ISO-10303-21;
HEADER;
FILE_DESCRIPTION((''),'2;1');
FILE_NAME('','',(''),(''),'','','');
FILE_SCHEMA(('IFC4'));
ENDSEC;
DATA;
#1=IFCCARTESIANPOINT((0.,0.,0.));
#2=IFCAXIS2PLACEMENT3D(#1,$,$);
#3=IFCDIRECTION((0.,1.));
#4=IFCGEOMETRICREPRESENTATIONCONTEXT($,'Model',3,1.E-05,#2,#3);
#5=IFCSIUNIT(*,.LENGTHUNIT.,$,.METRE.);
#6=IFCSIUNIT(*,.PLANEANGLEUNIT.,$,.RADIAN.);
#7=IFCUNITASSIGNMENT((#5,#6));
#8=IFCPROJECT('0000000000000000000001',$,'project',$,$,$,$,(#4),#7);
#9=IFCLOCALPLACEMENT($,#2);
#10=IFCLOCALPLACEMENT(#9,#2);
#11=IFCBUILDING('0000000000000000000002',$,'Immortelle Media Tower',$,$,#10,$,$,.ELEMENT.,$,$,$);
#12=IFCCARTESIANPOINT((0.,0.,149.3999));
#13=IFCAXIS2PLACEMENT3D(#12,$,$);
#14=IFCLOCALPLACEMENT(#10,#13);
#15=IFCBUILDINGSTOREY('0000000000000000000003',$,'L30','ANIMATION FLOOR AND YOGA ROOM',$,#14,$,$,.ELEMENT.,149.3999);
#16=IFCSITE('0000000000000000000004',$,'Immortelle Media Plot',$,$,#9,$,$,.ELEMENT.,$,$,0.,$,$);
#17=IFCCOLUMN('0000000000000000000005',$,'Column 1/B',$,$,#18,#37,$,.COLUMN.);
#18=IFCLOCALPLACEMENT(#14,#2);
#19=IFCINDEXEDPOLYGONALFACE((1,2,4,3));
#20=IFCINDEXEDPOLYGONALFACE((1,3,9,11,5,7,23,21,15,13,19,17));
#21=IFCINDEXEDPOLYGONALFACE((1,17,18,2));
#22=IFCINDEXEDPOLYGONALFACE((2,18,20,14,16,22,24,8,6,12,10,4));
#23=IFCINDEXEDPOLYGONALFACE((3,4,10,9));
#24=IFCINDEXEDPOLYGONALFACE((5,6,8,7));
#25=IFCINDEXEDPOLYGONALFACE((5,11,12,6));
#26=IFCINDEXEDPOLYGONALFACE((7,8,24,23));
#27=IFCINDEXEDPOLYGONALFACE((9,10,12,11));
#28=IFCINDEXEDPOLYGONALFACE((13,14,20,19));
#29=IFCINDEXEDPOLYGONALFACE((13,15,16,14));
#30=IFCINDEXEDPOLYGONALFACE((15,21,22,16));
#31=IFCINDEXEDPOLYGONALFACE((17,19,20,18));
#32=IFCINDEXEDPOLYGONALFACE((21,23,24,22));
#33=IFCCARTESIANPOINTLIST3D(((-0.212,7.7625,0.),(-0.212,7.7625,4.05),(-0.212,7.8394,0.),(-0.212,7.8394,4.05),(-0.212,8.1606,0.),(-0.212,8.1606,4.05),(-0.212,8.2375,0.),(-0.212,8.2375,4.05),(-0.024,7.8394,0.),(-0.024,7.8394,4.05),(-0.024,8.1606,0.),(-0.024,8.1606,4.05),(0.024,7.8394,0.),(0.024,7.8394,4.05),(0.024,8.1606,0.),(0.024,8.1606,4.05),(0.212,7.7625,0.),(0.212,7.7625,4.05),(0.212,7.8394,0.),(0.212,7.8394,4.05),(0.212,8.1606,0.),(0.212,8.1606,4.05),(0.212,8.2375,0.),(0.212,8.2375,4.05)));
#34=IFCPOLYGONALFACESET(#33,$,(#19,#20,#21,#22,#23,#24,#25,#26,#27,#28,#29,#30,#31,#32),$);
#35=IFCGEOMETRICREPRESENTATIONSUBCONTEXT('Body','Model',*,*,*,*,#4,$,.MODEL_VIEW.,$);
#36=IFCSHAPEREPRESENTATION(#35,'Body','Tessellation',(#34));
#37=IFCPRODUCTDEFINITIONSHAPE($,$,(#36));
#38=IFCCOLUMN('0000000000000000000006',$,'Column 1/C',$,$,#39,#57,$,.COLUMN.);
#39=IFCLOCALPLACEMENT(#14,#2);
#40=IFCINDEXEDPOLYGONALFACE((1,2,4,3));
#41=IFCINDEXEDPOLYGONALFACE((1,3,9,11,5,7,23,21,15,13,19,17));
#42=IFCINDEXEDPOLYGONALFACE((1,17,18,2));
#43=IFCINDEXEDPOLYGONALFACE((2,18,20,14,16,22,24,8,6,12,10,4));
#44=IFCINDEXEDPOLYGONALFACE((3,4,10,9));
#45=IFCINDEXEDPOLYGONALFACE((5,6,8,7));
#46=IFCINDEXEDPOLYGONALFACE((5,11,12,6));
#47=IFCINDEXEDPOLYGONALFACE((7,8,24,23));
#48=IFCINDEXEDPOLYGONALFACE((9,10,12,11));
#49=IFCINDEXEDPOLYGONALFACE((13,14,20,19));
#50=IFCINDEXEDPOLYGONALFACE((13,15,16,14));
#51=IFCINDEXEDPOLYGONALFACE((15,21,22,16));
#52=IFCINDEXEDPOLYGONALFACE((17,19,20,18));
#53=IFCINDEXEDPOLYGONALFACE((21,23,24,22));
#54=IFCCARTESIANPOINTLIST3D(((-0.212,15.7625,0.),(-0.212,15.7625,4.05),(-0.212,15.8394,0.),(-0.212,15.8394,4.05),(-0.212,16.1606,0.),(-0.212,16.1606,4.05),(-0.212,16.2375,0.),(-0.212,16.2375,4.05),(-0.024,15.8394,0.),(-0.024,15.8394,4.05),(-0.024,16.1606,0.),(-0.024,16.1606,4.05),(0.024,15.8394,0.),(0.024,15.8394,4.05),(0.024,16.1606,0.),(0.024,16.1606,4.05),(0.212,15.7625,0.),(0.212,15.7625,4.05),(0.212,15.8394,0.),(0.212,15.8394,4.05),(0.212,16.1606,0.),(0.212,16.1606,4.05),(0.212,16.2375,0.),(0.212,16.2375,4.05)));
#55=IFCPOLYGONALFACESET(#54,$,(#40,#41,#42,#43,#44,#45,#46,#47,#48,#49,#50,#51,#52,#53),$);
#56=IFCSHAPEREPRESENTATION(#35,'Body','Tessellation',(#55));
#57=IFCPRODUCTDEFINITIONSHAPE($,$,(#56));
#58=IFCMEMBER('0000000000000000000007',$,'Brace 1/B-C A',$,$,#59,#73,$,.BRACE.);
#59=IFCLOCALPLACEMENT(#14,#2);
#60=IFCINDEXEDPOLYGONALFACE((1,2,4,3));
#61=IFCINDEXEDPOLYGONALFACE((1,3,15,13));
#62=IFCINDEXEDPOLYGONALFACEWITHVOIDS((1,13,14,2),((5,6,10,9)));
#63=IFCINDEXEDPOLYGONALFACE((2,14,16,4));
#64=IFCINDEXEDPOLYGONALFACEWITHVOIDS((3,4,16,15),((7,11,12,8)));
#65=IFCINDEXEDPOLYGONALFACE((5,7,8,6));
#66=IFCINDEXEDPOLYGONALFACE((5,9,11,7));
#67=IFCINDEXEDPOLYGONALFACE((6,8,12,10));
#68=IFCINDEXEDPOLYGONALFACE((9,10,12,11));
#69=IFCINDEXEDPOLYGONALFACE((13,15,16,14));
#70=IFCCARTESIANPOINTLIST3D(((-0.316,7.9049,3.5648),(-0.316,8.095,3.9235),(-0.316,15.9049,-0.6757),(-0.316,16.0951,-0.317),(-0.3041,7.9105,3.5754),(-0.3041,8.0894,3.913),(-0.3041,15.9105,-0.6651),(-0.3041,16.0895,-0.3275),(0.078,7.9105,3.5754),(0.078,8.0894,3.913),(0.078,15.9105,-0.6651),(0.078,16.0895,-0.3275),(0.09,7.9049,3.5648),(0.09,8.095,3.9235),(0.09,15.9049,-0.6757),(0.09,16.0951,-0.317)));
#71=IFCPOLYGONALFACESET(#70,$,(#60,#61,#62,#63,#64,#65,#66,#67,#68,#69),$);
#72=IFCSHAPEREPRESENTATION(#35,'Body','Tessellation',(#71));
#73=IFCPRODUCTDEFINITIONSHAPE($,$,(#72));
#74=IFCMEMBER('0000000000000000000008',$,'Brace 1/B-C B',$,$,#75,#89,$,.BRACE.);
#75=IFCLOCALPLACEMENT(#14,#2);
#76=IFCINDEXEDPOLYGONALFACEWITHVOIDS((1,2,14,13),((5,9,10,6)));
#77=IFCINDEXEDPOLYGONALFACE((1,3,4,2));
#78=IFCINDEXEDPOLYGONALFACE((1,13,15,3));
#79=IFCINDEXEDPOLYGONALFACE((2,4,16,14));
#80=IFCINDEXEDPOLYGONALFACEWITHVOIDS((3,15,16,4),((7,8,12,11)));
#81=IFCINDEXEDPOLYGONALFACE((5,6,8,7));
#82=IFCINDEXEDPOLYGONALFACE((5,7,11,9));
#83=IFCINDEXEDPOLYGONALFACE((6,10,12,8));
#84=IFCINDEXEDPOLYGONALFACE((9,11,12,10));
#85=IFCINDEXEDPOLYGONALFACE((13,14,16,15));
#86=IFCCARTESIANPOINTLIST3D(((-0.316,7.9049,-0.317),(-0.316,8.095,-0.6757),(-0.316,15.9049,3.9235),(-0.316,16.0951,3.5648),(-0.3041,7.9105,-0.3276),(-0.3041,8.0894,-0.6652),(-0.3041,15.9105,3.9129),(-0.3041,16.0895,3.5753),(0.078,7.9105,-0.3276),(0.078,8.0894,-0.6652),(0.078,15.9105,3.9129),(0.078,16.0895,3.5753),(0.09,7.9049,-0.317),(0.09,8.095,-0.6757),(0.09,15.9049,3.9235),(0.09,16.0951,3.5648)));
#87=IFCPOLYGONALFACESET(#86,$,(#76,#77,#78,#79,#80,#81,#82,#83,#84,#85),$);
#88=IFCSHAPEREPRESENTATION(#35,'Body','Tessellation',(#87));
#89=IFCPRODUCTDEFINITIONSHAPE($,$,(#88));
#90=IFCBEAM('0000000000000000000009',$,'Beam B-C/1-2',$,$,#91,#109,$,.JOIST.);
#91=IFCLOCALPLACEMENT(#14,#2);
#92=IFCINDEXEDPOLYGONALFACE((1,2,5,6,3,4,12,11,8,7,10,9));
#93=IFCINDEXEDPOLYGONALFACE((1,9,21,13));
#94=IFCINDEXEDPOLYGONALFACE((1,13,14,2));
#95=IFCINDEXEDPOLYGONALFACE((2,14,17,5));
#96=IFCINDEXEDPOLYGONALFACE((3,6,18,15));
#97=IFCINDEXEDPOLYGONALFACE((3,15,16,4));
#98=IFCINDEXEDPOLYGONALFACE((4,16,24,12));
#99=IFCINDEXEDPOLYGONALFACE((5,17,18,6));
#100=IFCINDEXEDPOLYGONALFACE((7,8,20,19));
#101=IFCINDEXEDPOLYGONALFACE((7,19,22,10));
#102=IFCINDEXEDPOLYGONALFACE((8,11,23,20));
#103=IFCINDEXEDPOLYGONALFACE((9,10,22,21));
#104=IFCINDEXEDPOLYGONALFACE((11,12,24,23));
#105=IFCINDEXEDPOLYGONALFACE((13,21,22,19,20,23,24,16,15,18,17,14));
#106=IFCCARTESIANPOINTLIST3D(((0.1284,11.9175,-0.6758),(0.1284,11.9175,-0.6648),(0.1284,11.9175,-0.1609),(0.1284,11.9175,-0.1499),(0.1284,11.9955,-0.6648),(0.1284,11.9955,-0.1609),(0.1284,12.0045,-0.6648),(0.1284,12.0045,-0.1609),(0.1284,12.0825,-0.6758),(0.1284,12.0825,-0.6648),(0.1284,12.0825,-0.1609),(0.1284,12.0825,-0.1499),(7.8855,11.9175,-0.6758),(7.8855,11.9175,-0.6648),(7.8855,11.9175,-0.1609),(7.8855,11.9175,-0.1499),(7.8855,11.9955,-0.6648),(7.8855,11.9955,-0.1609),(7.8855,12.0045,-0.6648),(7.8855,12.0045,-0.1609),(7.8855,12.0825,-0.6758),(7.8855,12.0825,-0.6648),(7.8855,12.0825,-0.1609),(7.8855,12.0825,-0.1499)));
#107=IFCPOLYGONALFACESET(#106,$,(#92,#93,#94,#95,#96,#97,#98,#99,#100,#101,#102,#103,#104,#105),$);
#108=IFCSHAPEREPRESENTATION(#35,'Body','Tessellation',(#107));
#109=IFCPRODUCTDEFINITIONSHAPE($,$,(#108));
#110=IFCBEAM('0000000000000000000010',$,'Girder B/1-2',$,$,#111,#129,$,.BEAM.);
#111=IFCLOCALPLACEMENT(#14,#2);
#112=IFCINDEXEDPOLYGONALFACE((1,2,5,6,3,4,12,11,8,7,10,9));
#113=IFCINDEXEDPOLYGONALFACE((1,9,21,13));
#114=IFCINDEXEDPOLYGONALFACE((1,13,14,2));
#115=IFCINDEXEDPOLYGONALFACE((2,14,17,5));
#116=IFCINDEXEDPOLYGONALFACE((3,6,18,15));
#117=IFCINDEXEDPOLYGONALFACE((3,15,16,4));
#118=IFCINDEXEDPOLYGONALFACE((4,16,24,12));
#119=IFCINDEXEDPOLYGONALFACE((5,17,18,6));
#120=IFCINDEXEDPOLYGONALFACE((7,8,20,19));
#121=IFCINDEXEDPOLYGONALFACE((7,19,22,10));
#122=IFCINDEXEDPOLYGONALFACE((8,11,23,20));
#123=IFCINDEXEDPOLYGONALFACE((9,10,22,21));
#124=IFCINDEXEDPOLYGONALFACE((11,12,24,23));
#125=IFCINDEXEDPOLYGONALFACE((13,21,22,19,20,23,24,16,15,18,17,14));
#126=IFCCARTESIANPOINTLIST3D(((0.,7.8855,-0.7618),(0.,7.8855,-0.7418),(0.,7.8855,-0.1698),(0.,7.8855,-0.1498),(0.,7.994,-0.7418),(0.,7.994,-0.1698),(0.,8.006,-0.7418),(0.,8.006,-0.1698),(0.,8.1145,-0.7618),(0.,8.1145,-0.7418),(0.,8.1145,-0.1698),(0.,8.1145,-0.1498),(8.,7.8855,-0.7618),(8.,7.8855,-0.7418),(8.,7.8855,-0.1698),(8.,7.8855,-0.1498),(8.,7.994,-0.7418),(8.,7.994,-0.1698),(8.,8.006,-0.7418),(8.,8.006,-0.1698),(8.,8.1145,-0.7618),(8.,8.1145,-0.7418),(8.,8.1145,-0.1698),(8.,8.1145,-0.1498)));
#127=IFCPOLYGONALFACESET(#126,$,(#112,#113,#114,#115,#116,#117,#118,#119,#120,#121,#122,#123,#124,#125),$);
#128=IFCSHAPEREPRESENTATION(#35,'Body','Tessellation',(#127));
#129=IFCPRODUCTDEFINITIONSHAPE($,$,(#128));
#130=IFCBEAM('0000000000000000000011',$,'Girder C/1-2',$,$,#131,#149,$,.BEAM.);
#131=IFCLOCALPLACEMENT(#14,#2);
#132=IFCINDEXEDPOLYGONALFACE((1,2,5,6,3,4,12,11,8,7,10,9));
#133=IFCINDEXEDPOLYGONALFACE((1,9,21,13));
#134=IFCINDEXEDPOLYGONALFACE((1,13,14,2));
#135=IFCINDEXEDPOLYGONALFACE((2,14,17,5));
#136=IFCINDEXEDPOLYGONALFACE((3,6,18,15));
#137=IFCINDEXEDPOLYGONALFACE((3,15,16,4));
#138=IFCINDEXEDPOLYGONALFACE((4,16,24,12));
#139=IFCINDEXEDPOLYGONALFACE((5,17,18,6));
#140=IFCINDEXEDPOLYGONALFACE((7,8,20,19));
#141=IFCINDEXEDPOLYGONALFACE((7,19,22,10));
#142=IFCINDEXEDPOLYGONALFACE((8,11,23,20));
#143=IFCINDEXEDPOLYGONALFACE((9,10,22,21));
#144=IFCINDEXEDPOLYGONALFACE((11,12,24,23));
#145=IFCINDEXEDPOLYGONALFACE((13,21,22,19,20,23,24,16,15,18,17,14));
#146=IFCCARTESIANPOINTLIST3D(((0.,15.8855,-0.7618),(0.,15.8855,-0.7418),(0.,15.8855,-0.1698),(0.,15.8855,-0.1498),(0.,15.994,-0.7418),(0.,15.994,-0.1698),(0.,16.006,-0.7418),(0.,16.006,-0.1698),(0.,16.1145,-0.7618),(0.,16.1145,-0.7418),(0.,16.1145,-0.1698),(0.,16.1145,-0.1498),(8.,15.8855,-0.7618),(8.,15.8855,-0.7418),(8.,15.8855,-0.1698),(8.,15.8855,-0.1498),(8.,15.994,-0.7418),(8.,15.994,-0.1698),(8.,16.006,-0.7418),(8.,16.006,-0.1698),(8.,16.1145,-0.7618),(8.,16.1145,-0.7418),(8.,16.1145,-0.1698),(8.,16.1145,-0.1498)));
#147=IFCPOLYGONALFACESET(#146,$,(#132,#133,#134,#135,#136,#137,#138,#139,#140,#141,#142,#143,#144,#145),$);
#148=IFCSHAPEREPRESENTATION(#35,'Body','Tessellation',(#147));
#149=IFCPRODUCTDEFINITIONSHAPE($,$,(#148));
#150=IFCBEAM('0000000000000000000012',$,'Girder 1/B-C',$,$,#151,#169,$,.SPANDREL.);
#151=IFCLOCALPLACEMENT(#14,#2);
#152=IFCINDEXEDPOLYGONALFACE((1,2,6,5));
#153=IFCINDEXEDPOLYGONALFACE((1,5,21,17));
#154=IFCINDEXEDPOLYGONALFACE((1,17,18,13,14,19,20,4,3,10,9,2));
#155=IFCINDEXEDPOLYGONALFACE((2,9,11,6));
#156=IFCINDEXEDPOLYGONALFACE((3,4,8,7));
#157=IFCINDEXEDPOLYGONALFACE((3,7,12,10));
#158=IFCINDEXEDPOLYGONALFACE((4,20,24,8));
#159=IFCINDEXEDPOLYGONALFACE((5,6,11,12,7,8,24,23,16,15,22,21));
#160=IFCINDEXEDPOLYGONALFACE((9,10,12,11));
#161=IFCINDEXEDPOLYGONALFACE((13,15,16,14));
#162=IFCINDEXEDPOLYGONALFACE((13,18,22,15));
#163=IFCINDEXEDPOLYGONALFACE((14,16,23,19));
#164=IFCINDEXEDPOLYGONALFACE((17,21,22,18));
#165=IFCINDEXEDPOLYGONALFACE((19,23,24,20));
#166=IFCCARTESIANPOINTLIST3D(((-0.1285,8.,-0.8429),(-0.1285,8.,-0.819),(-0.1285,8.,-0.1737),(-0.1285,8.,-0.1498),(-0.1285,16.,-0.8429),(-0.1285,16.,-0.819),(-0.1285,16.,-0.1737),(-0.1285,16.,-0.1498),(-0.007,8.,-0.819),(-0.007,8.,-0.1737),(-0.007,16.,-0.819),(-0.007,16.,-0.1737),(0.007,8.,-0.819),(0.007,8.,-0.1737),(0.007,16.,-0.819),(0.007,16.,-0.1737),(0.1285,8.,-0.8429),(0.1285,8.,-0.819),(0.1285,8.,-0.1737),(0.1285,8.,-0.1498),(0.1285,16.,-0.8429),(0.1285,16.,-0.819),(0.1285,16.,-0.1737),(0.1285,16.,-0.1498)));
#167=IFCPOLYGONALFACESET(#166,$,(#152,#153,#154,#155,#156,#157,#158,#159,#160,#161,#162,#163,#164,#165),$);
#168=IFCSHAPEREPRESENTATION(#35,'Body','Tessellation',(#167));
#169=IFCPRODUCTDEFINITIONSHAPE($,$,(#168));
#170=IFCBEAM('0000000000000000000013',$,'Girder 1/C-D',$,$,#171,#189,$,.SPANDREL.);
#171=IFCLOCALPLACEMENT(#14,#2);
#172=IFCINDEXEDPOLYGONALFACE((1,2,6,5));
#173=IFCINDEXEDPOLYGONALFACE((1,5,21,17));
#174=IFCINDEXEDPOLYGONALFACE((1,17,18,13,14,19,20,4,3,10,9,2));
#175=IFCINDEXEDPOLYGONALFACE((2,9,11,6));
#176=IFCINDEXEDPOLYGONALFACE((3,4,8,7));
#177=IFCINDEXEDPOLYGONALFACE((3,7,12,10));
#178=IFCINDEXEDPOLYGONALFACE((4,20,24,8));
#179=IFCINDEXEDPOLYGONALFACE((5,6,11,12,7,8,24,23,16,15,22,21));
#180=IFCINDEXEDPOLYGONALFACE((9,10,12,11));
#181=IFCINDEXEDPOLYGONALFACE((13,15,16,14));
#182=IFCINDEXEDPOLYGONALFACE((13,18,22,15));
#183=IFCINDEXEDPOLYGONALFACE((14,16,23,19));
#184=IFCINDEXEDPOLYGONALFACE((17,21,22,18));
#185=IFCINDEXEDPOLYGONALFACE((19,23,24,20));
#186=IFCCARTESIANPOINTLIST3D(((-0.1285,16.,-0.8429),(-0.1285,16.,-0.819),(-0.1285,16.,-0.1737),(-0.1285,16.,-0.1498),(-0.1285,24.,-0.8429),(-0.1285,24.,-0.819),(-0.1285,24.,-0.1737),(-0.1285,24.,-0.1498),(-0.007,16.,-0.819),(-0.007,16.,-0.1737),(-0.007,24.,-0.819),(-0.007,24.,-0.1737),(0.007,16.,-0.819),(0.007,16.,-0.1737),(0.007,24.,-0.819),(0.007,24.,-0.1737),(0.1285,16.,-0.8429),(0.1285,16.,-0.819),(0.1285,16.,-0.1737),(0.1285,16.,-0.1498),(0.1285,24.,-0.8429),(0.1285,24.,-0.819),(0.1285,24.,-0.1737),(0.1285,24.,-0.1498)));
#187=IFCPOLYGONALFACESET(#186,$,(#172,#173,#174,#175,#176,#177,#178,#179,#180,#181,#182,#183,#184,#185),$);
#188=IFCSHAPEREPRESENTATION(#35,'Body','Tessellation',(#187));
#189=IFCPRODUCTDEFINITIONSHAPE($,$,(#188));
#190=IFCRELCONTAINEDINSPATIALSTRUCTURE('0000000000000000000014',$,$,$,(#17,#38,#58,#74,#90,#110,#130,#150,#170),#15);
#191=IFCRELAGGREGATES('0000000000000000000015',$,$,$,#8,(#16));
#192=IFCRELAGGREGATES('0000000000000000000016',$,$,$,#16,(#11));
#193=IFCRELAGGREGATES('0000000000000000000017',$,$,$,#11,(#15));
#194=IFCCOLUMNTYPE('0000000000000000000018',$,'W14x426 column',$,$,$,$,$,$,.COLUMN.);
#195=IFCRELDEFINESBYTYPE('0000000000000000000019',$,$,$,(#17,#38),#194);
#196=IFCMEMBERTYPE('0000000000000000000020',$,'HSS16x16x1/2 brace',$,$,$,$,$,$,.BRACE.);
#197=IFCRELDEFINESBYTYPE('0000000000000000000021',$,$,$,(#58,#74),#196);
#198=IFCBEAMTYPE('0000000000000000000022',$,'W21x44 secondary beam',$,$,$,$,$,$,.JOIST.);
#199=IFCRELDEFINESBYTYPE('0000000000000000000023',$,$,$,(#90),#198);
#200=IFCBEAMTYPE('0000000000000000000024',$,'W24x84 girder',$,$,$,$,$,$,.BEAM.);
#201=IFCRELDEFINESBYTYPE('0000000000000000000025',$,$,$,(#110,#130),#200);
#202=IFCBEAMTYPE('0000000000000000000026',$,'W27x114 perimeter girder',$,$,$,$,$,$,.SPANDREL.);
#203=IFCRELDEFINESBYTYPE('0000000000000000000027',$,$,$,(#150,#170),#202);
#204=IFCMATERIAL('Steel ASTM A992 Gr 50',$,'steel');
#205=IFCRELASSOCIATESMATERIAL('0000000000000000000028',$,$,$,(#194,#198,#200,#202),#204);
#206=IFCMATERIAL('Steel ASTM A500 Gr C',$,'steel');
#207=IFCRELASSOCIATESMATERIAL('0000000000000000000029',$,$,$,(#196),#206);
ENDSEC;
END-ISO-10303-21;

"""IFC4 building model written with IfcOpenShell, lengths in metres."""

from ifc_helpers import new_model, si_unit, direction, frame, origin, origin_2d, place, context, subcontext, project, spatial, hollow_rectangle, i_section, extrude, material, material_profile, profile_set, type_object, element, save


model = new_model("IFC4")

# Units and contexts
model_context = context("Model", 3, precision=1e-05, world=origin(), true_north=direction((0.0, 1.0)))
body_context = subcontext(model_context, "Body", "Model", "MODEL_VIEW")
ifc_project = project(units=[si_unit("LENGTHUNIT", "METRE"), si_unit("PLANEANGLEUNIT", "RADIAN")], contexts=[model_context])

# Site, building, storey
site_placement = place(None, origin())
site = spatial("IfcSite", under=ifc_project, at=site_placement, Name="Immortelle Media Plot", CompositionType="ELEMENT", RefElevation=0.0)
building_placement = place(site_placement, origin())
building = spatial("IfcBuilding", under=site, at=building_placement, Name="Immortelle Media Tower", CompositionType="ELEMENT")
storey_placement = place(building_placement, frame((0.0, 0.0, 149.3999)))
storey = spatial("IfcBuildingStorey", under=building, at=storey_placement, Name="L30", Description="ANIMATION FLOOR AND YOGA ROOM", CompositionType="ELEMENT", Elevation=149.3999)

# Columns
ifc_material_1 = material(Name="Steel ASTM A992 Gr 50", Category="steel")
ifc_material_profile_1 = material_profile(ifc_material_1, i_section(OverallWidth=0.4241, OverallDepth=0.4751, WebThickness=0.0481, FlangeThickness=0.0769, at=origin_2d()), Name="W14x426")
ifc_profile_set_1 = profile_set([ifc_material_profile_1], Name="Steel ASTM A992 Gr 50")
column_type = type_object("IfcColumnType", Name="W14x426 column", PredefinedType="COLUMN", material=ifc_profile_set_1)
for number, where, z_axis, x_axis, name in (
    (1, (0.0, 8.0, 0.0), (0.0, 0.0, 1.0), (1.0, 0.0, 0.0), "Column 1/B"),
    (2, (0.0, 16.0, 0.0), (0.0, 0.0, 1.0), (1.0, 0.0, 0.0), "Column 1/C"),
):
    element("IfcColumn", number, at=place(storey_placement, frame(where, z_axis=z_axis, x_axis=x_axis)), inside=storey, type_object=column_type, Name=name, PredefinedType="COLUMN", context=body_context, shape_type="SweptSolid", body=[
        extrude(i_section(OverallWidth=0.4241, OverallDepth=0.4751, WebThickness=0.0481, FlangeThickness=0.0769, at=origin_2d()), origin(), (0.0, 0.0, 1.0), 4.05),
    ])

# Members
ifc_material_2 = material(Name="Steel ASTM A500 Gr C", Category="steel")
ifc_material_profile_2 = material_profile(ifc_material_2, hollow_rectangle(XDim=0.406, YDim=0.406, WallThickness=0.012, at=origin_2d()), Name="HSS16x16x1/2 brace")
ifc_profile_set_2 = profile_set([ifc_material_profile_2], Name="Steel ASTM A500 Gr C")
member_type = type_object("IfcMemberType", Name="HSS16x16x1/2 brace", PredefinedType="BRACE", material=ifc_profile_set_2)
for number, where, z_axis, x_axis, name in (
    (3, (-0.113, 16.0, -0.4963), (0.0, -0.883551, 0.468335), (1.0, 0.0, 0.0), "Brace 1/B-C A"),
    (4, (-0.113, 16.0, 3.7441), (0.0, -0.883551, -0.468335), (1.0, 0.0, 0.0), "Brace 1/B-C B"),
):
    element("IfcMember", number, at=place(storey_placement, frame(where, z_axis=z_axis, x_axis=x_axis)), inside=storey, type_object=member_type, Name=name, PredefinedType="BRACE", context=body_context, shape_type="SweptSolid", body=[
        extrude(hollow_rectangle(XDim=0.406, YDim=0.406, WallThickness=0.012, at=origin_2d()), origin(), (0.0, 0.0, 1.0), 9.0544),
    ])

# Beams
ifc_material_profile_3 = material_profile(ifc_material_1, i_section(OverallWidth=0.165, OverallDepth=0.5259, WebThickness=0.009, FlangeThickness=0.011, at=origin_2d()), Name="W21x44")
ifc_profile_set_3 = profile_set([ifc_material_profile_3], Name="Steel ASTM A992 Gr 50")
beam_type_1 = type_object("IfcBeamType", Name="W21x44 secondary beam", PredefinedType="JOIST", material=ifc_profile_set_3)
beam_placement = place(storey_placement, frame((0.1284, 12.0, -0.4128), z_axis=(1.0, 0.0, 0.0), x_axis=(0.0, 1.0, 0.0)))
element("IfcBeam", 5, at=beam_placement, inside=storey, type_object=beam_type_1, Name="Beam B-C/1-2", PredefinedType="JOIST", context=body_context, shape_type="SweptSolid", body=[
    extrude(i_section(OverallWidth=0.165, OverallDepth=0.5259, WebThickness=0.009, FlangeThickness=0.011, at=origin_2d()), origin(), (0.0, 0.0, 1.0), 7.7571),
])
ifc_material_profile_4 = material_profile(ifc_material_1, i_section(OverallWidth=0.229, OverallDepth=0.6121, WebThickness=0.012, FlangeThickness=0.02, at=origin_2d()), Name="W24x84")
ifc_profile_set_4 = profile_set([ifc_material_profile_4], Name="Steel ASTM A992 Gr 50")
beam_type_2 = type_object("IfcBeamType", Name="W24x84 girder", PredefinedType="BEAM", material=ifc_profile_set_4)
for number, where, z_axis, x_axis, name in (
    (6, (0.0, 8.0, -0.4558), (1.0, 0.0, 0.0), (0.0, 1.0, 0.0), "Girder B/1-2"),
    (7, (0.0, 16.0, -0.4558), (1.0, 0.0, 0.0), (0.0, 1.0, 0.0), "Girder C/1-2"),
):
    element("IfcBeam", number, at=place(storey_placement, frame(where, z_axis=z_axis, x_axis=x_axis)), inside=storey, type_object=beam_type_2, Name=name, PredefinedType="BEAM", context=body_context, shape_type="SweptSolid", body=[
        extrude(i_section(OverallWidth=0.229, OverallDepth=0.6121, WebThickness=0.012, FlangeThickness=0.02, at=origin_2d()), origin(), (0.0, 0.0, 1.0), 8.0),
    ])
ifc_material_profile_5 = material_profile(ifc_material_1, i_section(OverallWidth=0.2571, OverallDepth=0.6931, WebThickness=0.0139, FlangeThickness=0.0239, at=origin_2d()), Name="W27x114")
ifc_profile_set_5 = profile_set([ifc_material_profile_5], Name="Steel ASTM A992 Gr 50")
beam_type_3 = type_object("IfcBeamType", Name="W27x114 perimeter girder", PredefinedType="SPANDREL", material=ifc_profile_set_5)
for number, where, z_axis, x_axis, name in (
    (8, (0.0, 8.0, -0.4963), (0.0, 1.0, 0.0), (-1.0, 0.0, 0.0), "Girder 1/B-C"),
    (9, (0.0, 16.0, -0.4963), (0.0, 1.0, 0.0), (-1.0, 0.0, 0.0), "Girder 1/C-D"),
):
    element("IfcBeam", number, at=place(storey_placement, frame(where, z_axis=z_axis, x_axis=x_axis)), inside=storey, type_object=beam_type_3, Name=name, PredefinedType="SPANDREL", context=body_context, shape_type="SweptSolid", body=[
        extrude(i_section(OverallWidth=0.2571, OverallDepth=0.6931, WebThickness=0.0139, FlangeThickness=0.0239, at=origin_2d()), origin(), (0.0, 0.0, 1.0), 8.0),
    ])

save(model, "model.ifc")
